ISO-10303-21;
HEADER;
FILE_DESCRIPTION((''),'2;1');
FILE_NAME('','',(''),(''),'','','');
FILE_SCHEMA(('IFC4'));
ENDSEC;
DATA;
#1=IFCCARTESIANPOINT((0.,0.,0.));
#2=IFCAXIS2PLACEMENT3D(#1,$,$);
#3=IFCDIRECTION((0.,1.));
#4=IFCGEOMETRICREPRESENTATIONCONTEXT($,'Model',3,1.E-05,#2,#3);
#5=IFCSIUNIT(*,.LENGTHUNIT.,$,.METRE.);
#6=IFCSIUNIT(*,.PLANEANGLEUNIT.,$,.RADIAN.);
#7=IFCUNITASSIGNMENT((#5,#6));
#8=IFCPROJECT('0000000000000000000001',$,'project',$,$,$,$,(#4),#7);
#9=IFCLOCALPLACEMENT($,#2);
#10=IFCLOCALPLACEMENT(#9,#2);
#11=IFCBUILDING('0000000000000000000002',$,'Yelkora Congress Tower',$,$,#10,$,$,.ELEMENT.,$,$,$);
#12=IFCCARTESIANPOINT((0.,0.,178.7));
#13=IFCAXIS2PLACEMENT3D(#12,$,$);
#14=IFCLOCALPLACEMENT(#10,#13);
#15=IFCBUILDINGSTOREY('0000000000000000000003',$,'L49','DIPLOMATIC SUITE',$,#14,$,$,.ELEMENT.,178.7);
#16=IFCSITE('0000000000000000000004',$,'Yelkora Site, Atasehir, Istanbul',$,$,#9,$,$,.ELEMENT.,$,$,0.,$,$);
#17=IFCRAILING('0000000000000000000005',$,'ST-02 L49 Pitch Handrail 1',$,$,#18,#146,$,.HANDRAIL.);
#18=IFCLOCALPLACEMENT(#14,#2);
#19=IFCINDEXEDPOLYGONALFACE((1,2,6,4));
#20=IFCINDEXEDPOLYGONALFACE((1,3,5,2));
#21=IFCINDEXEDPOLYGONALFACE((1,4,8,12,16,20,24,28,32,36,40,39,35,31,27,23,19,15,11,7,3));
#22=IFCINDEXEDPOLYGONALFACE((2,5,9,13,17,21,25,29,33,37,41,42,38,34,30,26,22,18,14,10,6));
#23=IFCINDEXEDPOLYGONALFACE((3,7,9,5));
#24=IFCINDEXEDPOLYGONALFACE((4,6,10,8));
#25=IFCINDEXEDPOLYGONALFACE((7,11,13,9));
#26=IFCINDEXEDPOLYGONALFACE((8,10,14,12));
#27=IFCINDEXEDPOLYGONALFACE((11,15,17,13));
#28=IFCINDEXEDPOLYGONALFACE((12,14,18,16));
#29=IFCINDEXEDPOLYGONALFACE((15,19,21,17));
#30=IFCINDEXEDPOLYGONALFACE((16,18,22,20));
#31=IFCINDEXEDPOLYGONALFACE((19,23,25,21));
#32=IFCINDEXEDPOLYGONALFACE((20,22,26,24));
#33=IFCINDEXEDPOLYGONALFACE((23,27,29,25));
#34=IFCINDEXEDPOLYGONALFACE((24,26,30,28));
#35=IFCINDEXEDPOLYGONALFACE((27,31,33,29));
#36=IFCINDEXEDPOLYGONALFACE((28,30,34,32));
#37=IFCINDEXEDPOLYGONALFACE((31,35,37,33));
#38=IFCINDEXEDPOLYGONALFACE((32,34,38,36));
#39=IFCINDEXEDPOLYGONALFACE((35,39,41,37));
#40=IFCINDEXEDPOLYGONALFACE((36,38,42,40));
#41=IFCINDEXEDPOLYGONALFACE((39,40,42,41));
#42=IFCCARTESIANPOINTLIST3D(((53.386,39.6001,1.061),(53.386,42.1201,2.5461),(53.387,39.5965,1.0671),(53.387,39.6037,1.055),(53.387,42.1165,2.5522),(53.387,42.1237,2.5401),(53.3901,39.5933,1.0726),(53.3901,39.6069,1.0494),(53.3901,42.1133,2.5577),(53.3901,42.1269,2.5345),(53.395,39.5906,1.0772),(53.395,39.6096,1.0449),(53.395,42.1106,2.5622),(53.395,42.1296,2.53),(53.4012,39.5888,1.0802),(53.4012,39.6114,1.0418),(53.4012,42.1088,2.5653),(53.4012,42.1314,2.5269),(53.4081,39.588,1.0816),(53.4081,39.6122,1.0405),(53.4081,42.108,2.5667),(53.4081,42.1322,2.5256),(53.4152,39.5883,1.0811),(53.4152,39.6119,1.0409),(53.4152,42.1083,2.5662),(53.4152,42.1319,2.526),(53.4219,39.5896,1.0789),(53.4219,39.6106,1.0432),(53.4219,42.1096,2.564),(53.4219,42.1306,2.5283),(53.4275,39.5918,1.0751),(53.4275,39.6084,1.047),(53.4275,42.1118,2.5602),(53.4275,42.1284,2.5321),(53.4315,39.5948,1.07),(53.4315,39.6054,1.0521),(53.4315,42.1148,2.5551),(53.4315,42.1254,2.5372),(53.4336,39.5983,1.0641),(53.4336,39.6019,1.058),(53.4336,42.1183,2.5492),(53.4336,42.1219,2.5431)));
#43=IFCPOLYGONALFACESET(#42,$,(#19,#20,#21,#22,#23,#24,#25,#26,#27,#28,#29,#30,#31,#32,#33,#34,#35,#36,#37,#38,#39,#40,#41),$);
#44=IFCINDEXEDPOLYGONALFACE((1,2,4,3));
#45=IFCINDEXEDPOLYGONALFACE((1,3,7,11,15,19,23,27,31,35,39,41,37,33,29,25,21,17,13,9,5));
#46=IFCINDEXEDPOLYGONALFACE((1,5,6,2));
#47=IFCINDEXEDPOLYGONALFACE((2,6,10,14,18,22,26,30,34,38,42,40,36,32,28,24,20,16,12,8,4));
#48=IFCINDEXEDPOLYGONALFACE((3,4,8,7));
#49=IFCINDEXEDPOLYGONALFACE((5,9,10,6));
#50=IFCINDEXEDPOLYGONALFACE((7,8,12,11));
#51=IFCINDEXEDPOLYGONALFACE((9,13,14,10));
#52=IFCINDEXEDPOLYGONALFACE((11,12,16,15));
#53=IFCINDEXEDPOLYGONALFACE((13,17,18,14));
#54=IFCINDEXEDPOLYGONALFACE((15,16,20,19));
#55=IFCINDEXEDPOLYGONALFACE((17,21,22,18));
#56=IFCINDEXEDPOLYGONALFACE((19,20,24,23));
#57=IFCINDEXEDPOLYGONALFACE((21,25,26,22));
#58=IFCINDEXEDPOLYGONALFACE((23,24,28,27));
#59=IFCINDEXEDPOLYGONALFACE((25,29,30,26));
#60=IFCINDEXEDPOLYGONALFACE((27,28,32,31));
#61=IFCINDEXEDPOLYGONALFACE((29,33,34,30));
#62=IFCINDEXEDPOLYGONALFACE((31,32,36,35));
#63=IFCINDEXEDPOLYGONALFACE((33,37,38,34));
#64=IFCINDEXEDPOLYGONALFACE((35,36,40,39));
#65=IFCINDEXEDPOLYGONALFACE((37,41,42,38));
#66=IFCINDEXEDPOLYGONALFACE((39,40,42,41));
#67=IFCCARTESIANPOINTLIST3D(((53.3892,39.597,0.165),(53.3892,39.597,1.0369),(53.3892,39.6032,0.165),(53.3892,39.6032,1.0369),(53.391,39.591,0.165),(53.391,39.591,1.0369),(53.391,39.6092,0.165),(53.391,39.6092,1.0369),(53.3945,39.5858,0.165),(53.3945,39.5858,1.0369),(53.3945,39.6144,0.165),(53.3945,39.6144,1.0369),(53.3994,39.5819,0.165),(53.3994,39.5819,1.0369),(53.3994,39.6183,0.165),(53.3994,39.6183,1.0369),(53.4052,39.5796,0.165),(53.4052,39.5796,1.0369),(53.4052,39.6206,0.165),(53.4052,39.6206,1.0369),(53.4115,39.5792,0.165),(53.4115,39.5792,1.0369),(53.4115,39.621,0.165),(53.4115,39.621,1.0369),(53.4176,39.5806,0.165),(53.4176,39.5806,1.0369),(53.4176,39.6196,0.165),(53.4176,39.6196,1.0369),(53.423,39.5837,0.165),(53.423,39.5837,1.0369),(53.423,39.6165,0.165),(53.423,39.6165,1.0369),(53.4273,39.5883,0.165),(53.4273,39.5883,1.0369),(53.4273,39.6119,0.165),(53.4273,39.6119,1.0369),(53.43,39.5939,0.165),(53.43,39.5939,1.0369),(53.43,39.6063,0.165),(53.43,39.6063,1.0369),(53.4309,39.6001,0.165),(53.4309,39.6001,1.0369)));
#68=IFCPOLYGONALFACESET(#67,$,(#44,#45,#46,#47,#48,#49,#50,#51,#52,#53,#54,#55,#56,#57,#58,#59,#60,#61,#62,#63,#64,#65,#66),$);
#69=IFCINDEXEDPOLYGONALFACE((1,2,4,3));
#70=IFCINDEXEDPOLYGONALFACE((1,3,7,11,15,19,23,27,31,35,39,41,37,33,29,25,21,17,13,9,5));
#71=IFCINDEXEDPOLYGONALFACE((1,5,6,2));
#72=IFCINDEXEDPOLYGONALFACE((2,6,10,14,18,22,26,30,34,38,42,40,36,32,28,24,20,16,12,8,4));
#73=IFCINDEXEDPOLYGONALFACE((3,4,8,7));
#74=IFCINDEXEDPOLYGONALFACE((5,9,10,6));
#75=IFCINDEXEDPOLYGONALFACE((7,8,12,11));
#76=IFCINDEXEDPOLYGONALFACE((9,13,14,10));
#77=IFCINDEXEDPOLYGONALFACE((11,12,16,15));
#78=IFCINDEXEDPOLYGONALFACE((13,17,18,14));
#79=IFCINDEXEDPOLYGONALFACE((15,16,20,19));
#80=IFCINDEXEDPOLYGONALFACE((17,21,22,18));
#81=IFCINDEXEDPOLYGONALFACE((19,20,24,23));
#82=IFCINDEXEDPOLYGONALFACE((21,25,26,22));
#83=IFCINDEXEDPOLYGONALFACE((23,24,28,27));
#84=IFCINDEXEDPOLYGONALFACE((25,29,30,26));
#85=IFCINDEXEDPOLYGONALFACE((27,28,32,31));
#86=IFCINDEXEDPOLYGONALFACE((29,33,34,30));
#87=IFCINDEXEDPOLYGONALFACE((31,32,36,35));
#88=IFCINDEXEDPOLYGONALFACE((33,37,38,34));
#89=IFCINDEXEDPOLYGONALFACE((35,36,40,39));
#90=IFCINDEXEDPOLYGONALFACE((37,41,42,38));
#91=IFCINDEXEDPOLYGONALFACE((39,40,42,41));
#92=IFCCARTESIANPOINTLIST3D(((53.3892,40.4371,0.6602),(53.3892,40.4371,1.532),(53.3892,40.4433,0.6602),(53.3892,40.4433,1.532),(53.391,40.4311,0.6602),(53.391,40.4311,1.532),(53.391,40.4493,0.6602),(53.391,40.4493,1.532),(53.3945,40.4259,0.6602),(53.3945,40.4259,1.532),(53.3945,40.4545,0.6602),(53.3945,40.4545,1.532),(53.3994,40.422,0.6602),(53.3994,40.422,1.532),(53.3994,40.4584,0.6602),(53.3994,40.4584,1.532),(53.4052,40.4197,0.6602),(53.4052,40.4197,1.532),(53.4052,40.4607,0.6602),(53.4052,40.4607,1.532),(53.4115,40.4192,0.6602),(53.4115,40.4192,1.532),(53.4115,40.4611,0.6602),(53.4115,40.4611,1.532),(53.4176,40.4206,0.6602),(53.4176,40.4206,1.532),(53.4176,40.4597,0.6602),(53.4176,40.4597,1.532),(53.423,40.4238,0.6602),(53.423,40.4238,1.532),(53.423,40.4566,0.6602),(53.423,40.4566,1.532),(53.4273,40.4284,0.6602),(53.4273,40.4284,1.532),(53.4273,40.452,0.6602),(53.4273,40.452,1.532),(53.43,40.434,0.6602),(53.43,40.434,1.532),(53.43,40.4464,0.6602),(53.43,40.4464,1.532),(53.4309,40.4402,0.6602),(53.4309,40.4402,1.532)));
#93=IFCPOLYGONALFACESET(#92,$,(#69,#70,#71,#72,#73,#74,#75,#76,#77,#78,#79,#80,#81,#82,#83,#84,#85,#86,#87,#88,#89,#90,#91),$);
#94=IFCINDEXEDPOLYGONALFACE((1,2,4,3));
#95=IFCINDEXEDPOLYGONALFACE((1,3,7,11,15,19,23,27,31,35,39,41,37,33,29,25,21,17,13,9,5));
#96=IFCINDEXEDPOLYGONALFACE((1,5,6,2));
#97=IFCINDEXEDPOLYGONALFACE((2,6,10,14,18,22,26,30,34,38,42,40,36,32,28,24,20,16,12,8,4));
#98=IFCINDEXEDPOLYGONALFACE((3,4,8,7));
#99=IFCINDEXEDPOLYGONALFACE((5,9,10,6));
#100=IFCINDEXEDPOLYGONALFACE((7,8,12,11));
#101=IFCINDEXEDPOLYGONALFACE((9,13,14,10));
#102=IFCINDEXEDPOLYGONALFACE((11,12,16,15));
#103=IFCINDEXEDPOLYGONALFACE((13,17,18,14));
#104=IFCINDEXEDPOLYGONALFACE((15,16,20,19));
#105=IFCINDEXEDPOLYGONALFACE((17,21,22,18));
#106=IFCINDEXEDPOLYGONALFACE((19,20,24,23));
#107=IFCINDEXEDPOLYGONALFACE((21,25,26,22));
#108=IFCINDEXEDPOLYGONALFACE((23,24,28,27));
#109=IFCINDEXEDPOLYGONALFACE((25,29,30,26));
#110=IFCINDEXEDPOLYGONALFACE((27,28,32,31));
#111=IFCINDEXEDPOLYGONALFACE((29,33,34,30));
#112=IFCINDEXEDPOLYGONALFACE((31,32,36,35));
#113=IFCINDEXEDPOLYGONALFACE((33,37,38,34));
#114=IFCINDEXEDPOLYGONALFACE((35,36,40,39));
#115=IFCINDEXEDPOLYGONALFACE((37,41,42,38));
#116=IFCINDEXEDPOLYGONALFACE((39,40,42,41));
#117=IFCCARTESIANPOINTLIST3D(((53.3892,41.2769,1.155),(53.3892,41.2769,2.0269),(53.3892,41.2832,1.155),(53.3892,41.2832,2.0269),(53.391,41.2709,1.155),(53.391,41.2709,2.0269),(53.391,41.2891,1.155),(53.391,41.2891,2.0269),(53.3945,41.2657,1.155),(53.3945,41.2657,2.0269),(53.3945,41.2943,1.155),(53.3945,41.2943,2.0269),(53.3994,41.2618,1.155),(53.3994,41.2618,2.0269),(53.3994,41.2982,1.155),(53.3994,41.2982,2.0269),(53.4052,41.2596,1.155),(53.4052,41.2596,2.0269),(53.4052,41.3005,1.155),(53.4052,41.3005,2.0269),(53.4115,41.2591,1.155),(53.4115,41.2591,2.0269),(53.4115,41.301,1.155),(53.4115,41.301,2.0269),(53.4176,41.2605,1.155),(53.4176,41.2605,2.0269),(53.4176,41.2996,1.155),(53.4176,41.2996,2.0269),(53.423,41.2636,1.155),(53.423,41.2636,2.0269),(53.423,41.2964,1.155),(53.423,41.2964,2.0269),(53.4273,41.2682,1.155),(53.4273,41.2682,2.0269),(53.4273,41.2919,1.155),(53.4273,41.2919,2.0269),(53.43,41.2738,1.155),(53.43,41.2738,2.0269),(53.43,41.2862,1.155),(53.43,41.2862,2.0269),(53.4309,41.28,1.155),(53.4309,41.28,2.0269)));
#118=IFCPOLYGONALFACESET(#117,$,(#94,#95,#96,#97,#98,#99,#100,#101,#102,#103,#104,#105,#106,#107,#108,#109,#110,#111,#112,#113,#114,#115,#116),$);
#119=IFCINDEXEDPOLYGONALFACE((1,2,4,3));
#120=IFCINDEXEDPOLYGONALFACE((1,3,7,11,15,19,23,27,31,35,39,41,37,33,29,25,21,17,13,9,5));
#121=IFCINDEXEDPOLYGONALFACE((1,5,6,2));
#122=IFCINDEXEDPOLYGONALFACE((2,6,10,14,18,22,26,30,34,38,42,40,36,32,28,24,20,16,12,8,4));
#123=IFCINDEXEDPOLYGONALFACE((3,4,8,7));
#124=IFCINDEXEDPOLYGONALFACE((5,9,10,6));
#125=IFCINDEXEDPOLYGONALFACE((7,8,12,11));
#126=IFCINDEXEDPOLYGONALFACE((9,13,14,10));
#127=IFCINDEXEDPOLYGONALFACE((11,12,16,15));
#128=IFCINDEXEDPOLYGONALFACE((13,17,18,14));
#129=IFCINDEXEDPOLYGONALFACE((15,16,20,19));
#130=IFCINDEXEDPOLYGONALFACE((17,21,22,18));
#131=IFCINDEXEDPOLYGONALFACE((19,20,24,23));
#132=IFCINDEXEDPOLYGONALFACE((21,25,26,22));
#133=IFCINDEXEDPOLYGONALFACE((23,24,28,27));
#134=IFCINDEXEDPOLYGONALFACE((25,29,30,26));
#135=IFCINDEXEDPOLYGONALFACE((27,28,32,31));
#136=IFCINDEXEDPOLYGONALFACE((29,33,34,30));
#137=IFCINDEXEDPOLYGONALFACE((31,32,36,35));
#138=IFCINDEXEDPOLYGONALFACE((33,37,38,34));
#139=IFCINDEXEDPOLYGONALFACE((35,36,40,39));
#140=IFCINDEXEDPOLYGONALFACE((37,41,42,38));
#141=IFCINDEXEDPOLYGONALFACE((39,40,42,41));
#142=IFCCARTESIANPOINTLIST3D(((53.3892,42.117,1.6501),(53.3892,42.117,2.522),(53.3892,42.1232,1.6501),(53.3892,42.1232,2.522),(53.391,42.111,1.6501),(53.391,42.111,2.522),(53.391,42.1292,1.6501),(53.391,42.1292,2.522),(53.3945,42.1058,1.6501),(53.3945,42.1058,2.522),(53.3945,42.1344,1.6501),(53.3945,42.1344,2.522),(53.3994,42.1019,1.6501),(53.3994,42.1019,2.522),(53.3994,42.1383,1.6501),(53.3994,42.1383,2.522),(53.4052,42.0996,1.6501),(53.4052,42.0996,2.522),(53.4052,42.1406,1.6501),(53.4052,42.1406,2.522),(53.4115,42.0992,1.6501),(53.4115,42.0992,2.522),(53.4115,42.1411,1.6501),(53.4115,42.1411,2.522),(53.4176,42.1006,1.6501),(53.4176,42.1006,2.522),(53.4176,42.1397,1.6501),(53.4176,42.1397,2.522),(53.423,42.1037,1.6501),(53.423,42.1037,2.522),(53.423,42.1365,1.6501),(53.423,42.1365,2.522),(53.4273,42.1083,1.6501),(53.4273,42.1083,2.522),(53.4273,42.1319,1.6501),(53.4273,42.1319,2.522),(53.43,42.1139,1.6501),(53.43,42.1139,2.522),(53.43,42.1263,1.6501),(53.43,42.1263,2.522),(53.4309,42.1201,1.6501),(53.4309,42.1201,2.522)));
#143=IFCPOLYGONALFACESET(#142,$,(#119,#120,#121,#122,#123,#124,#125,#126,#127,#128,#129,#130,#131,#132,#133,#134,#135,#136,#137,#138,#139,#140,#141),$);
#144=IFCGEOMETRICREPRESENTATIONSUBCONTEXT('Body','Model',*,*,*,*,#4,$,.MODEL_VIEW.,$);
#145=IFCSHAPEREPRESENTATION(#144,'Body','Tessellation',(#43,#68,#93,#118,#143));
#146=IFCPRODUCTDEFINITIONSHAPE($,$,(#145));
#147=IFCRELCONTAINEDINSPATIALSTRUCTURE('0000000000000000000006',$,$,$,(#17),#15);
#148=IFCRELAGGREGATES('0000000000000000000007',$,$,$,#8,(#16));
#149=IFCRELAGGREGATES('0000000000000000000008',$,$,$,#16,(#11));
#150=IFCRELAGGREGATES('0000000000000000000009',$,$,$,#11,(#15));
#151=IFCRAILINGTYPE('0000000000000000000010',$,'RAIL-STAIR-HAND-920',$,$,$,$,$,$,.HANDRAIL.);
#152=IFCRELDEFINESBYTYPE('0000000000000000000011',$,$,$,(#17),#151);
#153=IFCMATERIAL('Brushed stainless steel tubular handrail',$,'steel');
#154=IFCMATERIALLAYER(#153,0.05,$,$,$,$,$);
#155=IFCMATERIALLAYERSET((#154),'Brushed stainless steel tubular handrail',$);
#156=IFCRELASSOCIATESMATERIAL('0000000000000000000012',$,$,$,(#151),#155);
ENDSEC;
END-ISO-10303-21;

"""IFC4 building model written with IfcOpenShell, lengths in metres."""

from ifc_helpers import new_model, si_unit, direction, frame, origin, origin_2d, place, context, subcontext, project, spatial, circle, extrude, material, layer, layer_set, type_object, element, save


model = new_model("IFC4")

# Units and contexts
model_context = context("Model", 3, precision=1e-05, world=origin(), true_north=direction((0.0, 1.0)))
body_context = subcontext(model_context, "Body", "Model", "MODEL_VIEW")
ifc_project = project(units=[si_unit("LENGTHUNIT", "METRE"), si_unit("PLANEANGLEUNIT", "RADIAN")], contexts=[model_context])

# Site, building, storey
site_placement = place(None, origin())
site = spatial("IfcSite", under=ifc_project, at=site_placement, Name="Yelkora Site, Atasehir, Istanbul", CompositionType="ELEMENT", RefElevation=0.0)
building_placement = place(site_placement, origin())
building = spatial("IfcBuilding", under=site, at=building_placement, Name="Yelkora Congress Tower", CompositionType="ELEMENT")
storey_placement = place(building_placement, frame((0.0, 0.0, 178.7)))
storey = spatial("IfcBuildingStorey", under=building, at=storey_placement, Name="L49", Description="DIPLOMATIC SUITE", CompositionType="ELEMENT", Elevation=178.7)

# Railing
ifc_material_1 = material(Name="Brushed stainless steel tubular handrail", Category="steel")
ifc_layer_1 = layer(ifc_material_1, 0.05)
ifc_layer_set_1 = layer_set([ifc_layer_1], Name="Brushed stainless steel tubular handrail")
railing_type_1 = type_object("IfcRailingType", Name="RAIL-STAIR-HAND-920", PredefinedType="HANDRAIL", material=ifc_layer_set_1)
railing_1_placement = place(storey_placement, frame((53.4099, 39.6001, 0.165)))
element("IfcRailing", 1, at=railing_1_placement, inside=storey, type_object=railing_type_1, Name="ST-02 L49 Pitch Handrail 1", PredefinedType="HANDRAIL", context=body_context, shape_type="SweptSolid", body=[
    extrude(circle(Radius=0.0239, at=origin_2d()), frame((0.0, 0.0, 0.896), z_axis=(0.0, 0.861524, 0.507717), x_axis=(-1.0, 0.0, 0.0)), (0.0, 0.0, 1.0), 2.925),
    extrude(circle(Radius=0.021, at=origin_2d()), origin(), (0.0, 0.0, 1.0), 0.8718),
    extrude(circle(Radius=0.021, at=origin_2d()), frame((0.0, 0.8401, 0.4951)), (0.0, 0.0, 1.0), 0.8718),
    extrude(circle(Radius=0.021, at=origin_2d()), frame((0.0, 1.6799, 0.99)), (0.0, 0.0, 1.0), 0.8718),
    extrude(circle(Radius=0.021, at=origin_2d()), frame((0.0, 2.52, 1.4851)), (0.0, 0.0, 1.0), 0.8718),
])

save(model, "model.ifc")
